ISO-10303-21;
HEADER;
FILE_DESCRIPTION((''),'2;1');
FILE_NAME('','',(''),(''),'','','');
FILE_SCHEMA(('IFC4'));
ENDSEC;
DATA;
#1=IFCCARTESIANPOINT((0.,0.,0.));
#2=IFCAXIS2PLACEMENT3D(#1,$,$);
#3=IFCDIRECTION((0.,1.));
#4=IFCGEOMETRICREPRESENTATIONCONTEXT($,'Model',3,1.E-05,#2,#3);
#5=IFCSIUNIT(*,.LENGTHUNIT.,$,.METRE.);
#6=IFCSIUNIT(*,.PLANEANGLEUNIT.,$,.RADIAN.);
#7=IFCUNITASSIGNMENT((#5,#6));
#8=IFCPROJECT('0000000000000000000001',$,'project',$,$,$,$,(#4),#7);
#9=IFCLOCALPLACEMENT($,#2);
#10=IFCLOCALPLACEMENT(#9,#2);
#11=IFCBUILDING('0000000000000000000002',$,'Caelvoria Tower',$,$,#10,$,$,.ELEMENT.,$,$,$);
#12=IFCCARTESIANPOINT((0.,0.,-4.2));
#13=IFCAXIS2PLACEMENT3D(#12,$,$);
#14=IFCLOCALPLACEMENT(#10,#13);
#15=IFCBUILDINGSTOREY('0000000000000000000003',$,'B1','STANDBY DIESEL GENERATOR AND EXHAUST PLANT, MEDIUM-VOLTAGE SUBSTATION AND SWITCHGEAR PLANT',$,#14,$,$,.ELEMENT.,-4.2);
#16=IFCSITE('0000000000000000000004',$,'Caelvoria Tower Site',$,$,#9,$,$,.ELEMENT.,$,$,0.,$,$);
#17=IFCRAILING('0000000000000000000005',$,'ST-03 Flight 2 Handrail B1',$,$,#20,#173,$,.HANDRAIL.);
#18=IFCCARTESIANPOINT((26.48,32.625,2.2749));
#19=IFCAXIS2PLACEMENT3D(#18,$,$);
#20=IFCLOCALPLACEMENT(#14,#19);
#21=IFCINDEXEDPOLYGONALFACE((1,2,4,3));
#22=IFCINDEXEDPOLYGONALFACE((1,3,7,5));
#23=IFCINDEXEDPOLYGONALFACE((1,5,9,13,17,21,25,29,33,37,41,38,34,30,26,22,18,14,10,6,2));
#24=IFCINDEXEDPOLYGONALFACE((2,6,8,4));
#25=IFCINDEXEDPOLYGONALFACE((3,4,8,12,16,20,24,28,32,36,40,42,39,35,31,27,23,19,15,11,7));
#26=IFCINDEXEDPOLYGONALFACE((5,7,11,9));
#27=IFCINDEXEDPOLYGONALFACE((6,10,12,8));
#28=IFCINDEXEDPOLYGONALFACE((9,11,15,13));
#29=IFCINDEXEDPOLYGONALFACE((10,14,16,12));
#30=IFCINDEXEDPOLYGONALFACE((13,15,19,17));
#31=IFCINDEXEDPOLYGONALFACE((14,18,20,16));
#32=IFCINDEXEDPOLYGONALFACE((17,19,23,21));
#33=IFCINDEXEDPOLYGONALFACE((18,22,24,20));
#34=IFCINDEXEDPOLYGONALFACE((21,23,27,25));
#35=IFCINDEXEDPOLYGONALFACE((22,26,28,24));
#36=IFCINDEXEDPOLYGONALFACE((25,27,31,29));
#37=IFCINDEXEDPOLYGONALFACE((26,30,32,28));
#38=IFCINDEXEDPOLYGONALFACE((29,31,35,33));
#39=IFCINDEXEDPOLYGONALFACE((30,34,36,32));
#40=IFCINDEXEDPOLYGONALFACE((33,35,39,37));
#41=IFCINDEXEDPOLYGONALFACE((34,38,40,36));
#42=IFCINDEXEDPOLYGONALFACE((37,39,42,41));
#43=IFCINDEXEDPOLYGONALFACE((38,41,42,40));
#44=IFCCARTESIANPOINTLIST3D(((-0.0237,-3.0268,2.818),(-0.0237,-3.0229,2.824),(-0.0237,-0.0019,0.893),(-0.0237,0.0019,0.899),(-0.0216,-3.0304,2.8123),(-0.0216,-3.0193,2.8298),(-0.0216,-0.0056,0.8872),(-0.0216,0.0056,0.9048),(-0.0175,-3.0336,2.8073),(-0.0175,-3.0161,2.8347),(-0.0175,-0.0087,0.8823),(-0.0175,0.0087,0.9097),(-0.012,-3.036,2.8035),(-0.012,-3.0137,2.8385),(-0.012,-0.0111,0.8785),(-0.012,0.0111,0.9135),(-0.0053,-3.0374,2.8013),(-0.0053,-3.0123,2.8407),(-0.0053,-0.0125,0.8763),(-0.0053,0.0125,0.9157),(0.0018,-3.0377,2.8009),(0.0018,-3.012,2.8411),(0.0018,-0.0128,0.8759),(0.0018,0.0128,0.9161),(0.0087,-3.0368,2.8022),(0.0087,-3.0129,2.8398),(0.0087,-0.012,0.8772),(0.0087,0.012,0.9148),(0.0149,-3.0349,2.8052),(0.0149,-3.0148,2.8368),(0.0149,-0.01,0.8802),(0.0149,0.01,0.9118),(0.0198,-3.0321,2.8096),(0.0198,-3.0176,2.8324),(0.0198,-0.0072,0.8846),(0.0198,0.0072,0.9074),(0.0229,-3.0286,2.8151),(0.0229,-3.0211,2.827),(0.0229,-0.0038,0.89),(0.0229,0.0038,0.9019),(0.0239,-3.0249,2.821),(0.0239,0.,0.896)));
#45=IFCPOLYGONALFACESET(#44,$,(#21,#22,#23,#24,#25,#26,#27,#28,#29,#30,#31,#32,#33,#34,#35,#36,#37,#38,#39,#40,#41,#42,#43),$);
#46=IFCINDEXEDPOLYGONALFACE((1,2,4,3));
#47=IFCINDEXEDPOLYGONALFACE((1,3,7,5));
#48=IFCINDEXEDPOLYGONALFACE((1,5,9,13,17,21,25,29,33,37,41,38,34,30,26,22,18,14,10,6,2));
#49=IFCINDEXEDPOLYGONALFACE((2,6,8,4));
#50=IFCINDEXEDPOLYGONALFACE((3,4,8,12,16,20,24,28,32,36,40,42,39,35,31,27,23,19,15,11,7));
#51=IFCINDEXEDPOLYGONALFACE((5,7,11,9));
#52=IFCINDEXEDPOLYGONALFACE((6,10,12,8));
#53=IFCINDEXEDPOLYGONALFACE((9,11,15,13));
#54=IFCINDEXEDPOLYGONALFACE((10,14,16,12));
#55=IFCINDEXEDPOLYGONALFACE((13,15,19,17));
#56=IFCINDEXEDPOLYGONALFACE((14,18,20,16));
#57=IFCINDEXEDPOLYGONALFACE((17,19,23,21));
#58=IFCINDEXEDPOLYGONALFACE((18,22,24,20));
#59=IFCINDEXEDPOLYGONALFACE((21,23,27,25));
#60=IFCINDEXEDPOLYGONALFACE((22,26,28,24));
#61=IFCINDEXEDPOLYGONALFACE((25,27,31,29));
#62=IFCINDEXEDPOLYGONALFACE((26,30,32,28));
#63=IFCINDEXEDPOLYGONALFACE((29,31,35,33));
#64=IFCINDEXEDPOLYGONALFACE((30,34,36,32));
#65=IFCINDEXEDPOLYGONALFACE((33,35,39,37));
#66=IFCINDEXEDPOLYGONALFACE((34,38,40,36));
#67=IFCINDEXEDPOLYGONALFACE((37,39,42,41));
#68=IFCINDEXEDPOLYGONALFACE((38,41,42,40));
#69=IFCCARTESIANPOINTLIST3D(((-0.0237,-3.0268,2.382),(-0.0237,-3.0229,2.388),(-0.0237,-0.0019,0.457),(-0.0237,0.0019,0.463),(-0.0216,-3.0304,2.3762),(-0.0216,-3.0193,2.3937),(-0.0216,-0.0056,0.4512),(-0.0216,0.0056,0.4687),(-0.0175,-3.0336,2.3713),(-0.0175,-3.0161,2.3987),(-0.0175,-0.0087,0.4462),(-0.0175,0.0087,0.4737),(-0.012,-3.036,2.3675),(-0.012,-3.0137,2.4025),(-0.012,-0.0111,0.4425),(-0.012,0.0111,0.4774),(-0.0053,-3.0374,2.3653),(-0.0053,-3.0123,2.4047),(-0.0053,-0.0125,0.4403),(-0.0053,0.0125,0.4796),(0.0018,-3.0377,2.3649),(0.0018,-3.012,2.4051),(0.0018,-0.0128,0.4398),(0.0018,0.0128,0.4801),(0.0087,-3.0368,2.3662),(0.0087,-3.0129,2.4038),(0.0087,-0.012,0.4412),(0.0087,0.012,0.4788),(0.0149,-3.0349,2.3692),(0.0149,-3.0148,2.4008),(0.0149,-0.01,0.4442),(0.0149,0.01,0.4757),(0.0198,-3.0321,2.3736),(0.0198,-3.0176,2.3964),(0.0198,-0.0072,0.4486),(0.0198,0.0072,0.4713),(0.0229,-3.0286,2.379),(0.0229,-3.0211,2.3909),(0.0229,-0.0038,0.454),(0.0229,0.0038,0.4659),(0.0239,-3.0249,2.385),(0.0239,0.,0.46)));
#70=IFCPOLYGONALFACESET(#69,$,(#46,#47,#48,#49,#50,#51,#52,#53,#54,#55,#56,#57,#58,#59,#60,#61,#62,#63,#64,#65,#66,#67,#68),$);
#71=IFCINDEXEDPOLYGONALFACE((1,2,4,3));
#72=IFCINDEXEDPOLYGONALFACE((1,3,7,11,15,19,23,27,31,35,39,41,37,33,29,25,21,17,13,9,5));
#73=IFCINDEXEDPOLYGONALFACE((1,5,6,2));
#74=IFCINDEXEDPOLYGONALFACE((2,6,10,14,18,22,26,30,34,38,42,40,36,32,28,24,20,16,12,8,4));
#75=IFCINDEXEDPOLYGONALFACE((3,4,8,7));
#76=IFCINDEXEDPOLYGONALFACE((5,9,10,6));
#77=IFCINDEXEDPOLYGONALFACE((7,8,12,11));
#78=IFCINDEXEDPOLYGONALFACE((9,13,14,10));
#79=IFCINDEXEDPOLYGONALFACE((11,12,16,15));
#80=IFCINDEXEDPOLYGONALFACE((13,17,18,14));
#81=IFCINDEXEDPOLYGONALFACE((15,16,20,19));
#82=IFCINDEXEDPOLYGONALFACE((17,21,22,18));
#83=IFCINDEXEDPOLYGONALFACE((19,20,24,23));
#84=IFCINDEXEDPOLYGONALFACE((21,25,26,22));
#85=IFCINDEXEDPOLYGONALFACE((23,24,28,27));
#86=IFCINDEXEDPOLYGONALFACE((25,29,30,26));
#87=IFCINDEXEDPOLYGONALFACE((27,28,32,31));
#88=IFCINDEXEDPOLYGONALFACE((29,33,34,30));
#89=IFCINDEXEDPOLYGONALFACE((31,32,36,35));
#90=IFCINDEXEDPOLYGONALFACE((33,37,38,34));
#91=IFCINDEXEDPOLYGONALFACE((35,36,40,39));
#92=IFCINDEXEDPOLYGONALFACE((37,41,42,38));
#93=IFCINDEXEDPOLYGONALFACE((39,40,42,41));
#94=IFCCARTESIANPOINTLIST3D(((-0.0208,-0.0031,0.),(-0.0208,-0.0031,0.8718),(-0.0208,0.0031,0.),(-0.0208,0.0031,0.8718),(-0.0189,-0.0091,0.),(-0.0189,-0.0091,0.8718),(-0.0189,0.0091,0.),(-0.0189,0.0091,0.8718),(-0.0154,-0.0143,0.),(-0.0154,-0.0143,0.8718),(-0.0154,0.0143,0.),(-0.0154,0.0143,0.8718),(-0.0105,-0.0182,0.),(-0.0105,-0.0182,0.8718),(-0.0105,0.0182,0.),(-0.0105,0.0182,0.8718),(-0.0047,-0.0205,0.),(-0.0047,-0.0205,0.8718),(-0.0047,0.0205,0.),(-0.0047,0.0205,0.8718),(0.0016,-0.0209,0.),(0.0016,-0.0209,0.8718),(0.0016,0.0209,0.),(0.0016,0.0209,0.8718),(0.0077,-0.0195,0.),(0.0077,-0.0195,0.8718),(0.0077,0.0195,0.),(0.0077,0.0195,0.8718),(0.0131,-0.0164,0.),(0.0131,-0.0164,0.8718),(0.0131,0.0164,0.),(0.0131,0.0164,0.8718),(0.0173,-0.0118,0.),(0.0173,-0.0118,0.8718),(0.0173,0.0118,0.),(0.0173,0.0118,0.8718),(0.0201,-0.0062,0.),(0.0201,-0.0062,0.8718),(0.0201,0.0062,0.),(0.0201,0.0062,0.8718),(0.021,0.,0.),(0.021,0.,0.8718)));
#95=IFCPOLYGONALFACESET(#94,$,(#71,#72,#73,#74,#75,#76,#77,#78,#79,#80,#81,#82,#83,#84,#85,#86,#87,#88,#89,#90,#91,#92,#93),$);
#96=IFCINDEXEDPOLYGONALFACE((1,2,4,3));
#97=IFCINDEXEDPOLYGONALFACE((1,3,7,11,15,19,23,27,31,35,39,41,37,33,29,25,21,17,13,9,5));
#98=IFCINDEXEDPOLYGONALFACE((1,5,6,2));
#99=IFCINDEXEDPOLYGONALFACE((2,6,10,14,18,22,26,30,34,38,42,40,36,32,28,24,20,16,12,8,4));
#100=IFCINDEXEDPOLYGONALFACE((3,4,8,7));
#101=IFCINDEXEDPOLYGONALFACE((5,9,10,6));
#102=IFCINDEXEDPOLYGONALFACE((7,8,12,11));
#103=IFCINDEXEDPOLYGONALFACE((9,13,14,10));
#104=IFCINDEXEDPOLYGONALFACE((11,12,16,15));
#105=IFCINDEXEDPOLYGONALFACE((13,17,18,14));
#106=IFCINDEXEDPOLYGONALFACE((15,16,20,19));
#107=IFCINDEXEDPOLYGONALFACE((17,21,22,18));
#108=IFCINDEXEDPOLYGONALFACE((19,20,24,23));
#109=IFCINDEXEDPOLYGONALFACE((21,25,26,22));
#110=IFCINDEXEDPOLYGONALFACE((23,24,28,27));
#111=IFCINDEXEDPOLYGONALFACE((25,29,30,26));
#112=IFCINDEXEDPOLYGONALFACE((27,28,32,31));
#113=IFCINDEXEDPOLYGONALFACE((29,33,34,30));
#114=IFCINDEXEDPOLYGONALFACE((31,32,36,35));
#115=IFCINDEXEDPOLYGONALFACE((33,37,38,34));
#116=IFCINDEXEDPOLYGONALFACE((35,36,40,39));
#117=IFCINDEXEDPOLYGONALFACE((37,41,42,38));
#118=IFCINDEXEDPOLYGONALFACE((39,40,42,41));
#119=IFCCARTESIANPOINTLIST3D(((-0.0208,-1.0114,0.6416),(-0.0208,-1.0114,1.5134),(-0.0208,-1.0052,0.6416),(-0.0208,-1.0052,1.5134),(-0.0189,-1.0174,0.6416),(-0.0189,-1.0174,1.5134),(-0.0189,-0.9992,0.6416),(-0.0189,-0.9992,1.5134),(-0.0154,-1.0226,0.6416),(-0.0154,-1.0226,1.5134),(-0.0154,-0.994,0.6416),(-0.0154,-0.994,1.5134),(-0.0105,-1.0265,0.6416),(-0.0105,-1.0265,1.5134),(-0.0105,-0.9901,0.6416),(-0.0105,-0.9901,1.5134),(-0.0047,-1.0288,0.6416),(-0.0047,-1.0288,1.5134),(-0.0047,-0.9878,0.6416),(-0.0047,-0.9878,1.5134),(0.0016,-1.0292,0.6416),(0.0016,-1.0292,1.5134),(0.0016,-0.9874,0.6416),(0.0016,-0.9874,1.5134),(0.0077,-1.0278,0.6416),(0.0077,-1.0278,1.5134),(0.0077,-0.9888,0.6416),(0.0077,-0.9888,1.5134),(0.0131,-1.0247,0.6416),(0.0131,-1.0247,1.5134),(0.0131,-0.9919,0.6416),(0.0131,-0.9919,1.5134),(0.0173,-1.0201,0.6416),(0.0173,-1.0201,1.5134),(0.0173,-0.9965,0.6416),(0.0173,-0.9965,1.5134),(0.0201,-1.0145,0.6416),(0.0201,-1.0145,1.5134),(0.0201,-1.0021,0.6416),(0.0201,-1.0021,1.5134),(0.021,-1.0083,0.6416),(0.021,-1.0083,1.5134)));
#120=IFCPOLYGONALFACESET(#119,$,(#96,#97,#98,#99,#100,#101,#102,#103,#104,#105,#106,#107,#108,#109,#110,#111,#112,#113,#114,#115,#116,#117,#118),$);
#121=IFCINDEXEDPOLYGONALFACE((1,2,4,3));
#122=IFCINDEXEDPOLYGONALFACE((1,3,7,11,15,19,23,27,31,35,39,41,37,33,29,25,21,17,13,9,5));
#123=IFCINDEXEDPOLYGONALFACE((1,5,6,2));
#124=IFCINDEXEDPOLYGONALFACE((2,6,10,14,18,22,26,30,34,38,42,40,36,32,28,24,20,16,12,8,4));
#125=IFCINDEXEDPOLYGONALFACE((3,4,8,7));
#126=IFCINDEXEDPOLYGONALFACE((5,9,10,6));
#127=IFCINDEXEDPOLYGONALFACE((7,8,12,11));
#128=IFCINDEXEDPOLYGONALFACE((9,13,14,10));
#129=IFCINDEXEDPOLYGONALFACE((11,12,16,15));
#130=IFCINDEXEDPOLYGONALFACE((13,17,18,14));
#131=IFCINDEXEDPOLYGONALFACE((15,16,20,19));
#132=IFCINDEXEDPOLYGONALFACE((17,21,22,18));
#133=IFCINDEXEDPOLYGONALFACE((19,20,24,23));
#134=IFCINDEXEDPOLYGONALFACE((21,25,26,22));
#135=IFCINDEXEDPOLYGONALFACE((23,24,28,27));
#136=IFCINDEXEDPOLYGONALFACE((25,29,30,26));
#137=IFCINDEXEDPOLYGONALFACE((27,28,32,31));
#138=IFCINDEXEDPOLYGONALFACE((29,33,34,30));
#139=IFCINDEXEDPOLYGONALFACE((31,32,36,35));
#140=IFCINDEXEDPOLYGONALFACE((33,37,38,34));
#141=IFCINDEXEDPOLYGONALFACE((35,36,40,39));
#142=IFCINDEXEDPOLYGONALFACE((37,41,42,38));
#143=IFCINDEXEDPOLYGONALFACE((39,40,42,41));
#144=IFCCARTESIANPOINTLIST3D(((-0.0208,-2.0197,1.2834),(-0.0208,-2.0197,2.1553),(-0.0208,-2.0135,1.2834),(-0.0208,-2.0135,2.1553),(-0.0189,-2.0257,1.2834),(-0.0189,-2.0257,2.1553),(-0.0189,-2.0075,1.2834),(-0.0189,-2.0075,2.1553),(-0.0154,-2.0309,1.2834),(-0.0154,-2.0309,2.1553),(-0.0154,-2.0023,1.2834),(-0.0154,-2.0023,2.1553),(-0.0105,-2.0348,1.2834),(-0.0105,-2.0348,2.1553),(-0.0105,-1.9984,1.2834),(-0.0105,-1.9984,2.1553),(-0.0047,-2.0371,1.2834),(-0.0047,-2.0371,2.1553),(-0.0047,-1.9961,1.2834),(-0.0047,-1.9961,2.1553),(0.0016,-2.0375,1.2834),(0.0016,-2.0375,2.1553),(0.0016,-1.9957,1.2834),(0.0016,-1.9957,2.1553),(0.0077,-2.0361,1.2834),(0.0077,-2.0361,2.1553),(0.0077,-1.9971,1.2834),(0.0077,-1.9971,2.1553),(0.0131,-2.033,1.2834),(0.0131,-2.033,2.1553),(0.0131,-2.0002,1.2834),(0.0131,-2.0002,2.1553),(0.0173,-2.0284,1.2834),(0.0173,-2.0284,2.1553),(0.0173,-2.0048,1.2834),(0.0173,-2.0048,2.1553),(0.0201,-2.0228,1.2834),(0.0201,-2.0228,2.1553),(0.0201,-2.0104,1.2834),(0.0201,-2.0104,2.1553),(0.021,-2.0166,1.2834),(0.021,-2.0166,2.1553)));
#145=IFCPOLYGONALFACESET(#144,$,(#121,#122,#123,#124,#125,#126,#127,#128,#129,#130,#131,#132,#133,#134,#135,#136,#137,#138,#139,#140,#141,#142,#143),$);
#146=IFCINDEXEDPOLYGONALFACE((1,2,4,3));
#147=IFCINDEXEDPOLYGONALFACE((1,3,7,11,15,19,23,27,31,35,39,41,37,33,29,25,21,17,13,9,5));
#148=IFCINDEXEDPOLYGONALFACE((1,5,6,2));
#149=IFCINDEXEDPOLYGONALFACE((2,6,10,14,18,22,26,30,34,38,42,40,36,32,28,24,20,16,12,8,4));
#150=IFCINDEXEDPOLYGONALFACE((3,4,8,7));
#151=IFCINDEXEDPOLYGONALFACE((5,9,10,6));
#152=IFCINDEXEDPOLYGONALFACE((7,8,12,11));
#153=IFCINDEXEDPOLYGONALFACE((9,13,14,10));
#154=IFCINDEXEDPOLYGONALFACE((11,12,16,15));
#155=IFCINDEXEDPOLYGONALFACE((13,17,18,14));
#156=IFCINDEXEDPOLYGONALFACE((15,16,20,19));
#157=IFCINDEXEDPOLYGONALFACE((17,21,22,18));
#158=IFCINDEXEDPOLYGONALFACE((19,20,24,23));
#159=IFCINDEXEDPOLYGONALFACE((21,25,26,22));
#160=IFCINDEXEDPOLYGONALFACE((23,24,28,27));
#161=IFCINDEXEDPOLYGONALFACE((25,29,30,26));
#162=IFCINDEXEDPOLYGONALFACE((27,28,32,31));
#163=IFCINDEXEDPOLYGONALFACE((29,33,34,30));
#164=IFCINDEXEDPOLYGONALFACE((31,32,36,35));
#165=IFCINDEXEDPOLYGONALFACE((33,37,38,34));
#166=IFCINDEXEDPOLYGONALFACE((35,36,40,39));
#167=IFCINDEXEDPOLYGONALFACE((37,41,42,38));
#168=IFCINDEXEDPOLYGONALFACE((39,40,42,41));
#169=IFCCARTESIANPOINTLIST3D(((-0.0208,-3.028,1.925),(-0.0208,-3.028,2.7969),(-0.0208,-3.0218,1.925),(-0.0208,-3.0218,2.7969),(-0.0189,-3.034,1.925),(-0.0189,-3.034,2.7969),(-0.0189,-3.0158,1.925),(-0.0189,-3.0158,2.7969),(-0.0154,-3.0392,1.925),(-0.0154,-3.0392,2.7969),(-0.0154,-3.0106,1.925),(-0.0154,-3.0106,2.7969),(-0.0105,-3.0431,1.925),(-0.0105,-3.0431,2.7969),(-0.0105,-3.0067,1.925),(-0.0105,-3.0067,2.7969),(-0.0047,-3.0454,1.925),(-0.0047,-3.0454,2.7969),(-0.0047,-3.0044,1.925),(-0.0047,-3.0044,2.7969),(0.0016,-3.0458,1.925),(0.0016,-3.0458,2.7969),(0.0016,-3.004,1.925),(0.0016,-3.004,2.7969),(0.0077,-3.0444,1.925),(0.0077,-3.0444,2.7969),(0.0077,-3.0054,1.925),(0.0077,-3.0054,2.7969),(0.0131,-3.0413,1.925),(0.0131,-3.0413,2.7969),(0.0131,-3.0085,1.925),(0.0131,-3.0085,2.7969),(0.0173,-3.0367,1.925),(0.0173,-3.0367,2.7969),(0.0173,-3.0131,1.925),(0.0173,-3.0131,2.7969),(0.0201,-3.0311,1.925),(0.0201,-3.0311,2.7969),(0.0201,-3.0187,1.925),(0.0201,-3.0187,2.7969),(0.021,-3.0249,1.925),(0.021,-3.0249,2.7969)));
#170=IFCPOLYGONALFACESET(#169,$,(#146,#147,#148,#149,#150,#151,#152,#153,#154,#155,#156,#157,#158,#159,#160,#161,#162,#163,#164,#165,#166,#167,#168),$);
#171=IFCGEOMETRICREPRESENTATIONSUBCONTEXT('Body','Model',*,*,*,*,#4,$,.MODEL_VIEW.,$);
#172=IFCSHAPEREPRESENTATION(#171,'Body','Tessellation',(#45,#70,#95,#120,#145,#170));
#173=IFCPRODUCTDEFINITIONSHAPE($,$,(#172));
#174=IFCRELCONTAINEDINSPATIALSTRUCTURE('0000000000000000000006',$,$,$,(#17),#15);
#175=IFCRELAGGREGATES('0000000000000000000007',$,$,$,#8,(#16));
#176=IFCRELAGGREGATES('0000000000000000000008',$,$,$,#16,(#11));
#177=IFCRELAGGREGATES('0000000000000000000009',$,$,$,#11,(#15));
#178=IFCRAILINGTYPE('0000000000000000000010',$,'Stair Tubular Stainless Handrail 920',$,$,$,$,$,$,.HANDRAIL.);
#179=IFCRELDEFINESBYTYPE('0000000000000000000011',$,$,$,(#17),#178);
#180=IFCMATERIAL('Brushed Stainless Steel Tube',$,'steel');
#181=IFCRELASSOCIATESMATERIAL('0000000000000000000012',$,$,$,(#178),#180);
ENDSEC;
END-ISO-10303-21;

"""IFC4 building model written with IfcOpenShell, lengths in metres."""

from ifc_helpers import new_model, si_unit, direction, frame, origin, origin_2d, place, context, subcontext, project, spatial, circle, extrude, material, type_object, element, save


model = new_model("IFC4")

# Units and contexts
model_context = context("Model", 3, precision=1e-05, world=origin(), true_north=direction((0.0, 1.0)))
body_context = subcontext(model_context, "Body", "Model", "MODEL_VIEW")
ifc_project = project(units=[si_unit("LENGTHUNIT", "METRE"), si_unit("PLANEANGLEUNIT", "RADIAN")], contexts=[model_context])

# Site, building, storey
site_placement = place(None, origin())
site = spatial("IfcSite", under=ifc_project, at=site_placement, Name="Caelvoria Tower Site", CompositionType="ELEMENT", RefElevation=0.0)
building_placement = place(site_placement, origin())
building = spatial("IfcBuilding", under=site, at=building_placement, Name="Caelvoria Tower", CompositionType="ELEMENT")
storey_placement = place(building_placement, frame((0.0, 0.0, -4.2)))
storey = spatial("IfcBuildingStorey", under=building, at=storey_placement, Name="B1", Description="STANDBY DIESEL GENERATOR AND EXHAUST PLANT, MEDIUM-VOLTAGE SUBSTATION AND SWITCHGEAR PLANT", CompositionType="ELEMENT", Elevation=-4.2)

# Railing
ifc_material_1 = material(Name="Brushed Stainless Steel Tube", Category="steel")
railing_type_1 = type_object("IfcRailingType", Name="Stair Tubular Stainless Handrail 920", PredefinedType="HANDRAIL", material=ifc_material_1)
railing_1_placement = place(storey_placement, frame((26.48, 32.625, 2.2749)))
element("IfcRailing", 1, at=railing_1_placement, inside=storey, type_object=railing_type_1, Name="ST-03 Flight 2 Handrail B1", PredefinedType="HANDRAIL", context=body_context, shape_type="SweptSolid", body=[
    extrude(circle(Radius=0.0239, at=origin_2d()), frame((0.0, 0.0, 0.896), z_axis=(0.0, -0.843647, 0.536898), x_axis=(1.0, 0.0, 0.0)), (0.0, 0.0, 1.0), 3.5854),
    extrude(circle(Radius=0.0239, at=origin_2d()), frame((0.0, 0.0, 0.46), z_axis=(0.0, -0.843647, 0.536898), x_axis=(1.0, 0.0, 0.0)), (0.0, 0.0, 1.0), 3.5854),
    extrude(circle(Radius=0.021, at=origin_2d()), origin(), (0.0, 0.0, 1.0), 0.8718),
    extrude(circle(Radius=0.021, at=origin_2d()), frame((0.0, -1.0083, 0.6416)), (0.0, 0.0, 1.0), 0.8718),
    extrude(circle(Radius=0.021, at=origin_2d()), frame((0.0, -2.0166, 1.2834)), (0.0, 0.0, 1.0), 0.8718),
    extrude(circle(Radius=0.021, at=origin_2d()), frame((0.0, -3.0249, 1.925)), (0.0, 0.0, 1.0), 0.8718),
])

save(model, "model.ifc")
